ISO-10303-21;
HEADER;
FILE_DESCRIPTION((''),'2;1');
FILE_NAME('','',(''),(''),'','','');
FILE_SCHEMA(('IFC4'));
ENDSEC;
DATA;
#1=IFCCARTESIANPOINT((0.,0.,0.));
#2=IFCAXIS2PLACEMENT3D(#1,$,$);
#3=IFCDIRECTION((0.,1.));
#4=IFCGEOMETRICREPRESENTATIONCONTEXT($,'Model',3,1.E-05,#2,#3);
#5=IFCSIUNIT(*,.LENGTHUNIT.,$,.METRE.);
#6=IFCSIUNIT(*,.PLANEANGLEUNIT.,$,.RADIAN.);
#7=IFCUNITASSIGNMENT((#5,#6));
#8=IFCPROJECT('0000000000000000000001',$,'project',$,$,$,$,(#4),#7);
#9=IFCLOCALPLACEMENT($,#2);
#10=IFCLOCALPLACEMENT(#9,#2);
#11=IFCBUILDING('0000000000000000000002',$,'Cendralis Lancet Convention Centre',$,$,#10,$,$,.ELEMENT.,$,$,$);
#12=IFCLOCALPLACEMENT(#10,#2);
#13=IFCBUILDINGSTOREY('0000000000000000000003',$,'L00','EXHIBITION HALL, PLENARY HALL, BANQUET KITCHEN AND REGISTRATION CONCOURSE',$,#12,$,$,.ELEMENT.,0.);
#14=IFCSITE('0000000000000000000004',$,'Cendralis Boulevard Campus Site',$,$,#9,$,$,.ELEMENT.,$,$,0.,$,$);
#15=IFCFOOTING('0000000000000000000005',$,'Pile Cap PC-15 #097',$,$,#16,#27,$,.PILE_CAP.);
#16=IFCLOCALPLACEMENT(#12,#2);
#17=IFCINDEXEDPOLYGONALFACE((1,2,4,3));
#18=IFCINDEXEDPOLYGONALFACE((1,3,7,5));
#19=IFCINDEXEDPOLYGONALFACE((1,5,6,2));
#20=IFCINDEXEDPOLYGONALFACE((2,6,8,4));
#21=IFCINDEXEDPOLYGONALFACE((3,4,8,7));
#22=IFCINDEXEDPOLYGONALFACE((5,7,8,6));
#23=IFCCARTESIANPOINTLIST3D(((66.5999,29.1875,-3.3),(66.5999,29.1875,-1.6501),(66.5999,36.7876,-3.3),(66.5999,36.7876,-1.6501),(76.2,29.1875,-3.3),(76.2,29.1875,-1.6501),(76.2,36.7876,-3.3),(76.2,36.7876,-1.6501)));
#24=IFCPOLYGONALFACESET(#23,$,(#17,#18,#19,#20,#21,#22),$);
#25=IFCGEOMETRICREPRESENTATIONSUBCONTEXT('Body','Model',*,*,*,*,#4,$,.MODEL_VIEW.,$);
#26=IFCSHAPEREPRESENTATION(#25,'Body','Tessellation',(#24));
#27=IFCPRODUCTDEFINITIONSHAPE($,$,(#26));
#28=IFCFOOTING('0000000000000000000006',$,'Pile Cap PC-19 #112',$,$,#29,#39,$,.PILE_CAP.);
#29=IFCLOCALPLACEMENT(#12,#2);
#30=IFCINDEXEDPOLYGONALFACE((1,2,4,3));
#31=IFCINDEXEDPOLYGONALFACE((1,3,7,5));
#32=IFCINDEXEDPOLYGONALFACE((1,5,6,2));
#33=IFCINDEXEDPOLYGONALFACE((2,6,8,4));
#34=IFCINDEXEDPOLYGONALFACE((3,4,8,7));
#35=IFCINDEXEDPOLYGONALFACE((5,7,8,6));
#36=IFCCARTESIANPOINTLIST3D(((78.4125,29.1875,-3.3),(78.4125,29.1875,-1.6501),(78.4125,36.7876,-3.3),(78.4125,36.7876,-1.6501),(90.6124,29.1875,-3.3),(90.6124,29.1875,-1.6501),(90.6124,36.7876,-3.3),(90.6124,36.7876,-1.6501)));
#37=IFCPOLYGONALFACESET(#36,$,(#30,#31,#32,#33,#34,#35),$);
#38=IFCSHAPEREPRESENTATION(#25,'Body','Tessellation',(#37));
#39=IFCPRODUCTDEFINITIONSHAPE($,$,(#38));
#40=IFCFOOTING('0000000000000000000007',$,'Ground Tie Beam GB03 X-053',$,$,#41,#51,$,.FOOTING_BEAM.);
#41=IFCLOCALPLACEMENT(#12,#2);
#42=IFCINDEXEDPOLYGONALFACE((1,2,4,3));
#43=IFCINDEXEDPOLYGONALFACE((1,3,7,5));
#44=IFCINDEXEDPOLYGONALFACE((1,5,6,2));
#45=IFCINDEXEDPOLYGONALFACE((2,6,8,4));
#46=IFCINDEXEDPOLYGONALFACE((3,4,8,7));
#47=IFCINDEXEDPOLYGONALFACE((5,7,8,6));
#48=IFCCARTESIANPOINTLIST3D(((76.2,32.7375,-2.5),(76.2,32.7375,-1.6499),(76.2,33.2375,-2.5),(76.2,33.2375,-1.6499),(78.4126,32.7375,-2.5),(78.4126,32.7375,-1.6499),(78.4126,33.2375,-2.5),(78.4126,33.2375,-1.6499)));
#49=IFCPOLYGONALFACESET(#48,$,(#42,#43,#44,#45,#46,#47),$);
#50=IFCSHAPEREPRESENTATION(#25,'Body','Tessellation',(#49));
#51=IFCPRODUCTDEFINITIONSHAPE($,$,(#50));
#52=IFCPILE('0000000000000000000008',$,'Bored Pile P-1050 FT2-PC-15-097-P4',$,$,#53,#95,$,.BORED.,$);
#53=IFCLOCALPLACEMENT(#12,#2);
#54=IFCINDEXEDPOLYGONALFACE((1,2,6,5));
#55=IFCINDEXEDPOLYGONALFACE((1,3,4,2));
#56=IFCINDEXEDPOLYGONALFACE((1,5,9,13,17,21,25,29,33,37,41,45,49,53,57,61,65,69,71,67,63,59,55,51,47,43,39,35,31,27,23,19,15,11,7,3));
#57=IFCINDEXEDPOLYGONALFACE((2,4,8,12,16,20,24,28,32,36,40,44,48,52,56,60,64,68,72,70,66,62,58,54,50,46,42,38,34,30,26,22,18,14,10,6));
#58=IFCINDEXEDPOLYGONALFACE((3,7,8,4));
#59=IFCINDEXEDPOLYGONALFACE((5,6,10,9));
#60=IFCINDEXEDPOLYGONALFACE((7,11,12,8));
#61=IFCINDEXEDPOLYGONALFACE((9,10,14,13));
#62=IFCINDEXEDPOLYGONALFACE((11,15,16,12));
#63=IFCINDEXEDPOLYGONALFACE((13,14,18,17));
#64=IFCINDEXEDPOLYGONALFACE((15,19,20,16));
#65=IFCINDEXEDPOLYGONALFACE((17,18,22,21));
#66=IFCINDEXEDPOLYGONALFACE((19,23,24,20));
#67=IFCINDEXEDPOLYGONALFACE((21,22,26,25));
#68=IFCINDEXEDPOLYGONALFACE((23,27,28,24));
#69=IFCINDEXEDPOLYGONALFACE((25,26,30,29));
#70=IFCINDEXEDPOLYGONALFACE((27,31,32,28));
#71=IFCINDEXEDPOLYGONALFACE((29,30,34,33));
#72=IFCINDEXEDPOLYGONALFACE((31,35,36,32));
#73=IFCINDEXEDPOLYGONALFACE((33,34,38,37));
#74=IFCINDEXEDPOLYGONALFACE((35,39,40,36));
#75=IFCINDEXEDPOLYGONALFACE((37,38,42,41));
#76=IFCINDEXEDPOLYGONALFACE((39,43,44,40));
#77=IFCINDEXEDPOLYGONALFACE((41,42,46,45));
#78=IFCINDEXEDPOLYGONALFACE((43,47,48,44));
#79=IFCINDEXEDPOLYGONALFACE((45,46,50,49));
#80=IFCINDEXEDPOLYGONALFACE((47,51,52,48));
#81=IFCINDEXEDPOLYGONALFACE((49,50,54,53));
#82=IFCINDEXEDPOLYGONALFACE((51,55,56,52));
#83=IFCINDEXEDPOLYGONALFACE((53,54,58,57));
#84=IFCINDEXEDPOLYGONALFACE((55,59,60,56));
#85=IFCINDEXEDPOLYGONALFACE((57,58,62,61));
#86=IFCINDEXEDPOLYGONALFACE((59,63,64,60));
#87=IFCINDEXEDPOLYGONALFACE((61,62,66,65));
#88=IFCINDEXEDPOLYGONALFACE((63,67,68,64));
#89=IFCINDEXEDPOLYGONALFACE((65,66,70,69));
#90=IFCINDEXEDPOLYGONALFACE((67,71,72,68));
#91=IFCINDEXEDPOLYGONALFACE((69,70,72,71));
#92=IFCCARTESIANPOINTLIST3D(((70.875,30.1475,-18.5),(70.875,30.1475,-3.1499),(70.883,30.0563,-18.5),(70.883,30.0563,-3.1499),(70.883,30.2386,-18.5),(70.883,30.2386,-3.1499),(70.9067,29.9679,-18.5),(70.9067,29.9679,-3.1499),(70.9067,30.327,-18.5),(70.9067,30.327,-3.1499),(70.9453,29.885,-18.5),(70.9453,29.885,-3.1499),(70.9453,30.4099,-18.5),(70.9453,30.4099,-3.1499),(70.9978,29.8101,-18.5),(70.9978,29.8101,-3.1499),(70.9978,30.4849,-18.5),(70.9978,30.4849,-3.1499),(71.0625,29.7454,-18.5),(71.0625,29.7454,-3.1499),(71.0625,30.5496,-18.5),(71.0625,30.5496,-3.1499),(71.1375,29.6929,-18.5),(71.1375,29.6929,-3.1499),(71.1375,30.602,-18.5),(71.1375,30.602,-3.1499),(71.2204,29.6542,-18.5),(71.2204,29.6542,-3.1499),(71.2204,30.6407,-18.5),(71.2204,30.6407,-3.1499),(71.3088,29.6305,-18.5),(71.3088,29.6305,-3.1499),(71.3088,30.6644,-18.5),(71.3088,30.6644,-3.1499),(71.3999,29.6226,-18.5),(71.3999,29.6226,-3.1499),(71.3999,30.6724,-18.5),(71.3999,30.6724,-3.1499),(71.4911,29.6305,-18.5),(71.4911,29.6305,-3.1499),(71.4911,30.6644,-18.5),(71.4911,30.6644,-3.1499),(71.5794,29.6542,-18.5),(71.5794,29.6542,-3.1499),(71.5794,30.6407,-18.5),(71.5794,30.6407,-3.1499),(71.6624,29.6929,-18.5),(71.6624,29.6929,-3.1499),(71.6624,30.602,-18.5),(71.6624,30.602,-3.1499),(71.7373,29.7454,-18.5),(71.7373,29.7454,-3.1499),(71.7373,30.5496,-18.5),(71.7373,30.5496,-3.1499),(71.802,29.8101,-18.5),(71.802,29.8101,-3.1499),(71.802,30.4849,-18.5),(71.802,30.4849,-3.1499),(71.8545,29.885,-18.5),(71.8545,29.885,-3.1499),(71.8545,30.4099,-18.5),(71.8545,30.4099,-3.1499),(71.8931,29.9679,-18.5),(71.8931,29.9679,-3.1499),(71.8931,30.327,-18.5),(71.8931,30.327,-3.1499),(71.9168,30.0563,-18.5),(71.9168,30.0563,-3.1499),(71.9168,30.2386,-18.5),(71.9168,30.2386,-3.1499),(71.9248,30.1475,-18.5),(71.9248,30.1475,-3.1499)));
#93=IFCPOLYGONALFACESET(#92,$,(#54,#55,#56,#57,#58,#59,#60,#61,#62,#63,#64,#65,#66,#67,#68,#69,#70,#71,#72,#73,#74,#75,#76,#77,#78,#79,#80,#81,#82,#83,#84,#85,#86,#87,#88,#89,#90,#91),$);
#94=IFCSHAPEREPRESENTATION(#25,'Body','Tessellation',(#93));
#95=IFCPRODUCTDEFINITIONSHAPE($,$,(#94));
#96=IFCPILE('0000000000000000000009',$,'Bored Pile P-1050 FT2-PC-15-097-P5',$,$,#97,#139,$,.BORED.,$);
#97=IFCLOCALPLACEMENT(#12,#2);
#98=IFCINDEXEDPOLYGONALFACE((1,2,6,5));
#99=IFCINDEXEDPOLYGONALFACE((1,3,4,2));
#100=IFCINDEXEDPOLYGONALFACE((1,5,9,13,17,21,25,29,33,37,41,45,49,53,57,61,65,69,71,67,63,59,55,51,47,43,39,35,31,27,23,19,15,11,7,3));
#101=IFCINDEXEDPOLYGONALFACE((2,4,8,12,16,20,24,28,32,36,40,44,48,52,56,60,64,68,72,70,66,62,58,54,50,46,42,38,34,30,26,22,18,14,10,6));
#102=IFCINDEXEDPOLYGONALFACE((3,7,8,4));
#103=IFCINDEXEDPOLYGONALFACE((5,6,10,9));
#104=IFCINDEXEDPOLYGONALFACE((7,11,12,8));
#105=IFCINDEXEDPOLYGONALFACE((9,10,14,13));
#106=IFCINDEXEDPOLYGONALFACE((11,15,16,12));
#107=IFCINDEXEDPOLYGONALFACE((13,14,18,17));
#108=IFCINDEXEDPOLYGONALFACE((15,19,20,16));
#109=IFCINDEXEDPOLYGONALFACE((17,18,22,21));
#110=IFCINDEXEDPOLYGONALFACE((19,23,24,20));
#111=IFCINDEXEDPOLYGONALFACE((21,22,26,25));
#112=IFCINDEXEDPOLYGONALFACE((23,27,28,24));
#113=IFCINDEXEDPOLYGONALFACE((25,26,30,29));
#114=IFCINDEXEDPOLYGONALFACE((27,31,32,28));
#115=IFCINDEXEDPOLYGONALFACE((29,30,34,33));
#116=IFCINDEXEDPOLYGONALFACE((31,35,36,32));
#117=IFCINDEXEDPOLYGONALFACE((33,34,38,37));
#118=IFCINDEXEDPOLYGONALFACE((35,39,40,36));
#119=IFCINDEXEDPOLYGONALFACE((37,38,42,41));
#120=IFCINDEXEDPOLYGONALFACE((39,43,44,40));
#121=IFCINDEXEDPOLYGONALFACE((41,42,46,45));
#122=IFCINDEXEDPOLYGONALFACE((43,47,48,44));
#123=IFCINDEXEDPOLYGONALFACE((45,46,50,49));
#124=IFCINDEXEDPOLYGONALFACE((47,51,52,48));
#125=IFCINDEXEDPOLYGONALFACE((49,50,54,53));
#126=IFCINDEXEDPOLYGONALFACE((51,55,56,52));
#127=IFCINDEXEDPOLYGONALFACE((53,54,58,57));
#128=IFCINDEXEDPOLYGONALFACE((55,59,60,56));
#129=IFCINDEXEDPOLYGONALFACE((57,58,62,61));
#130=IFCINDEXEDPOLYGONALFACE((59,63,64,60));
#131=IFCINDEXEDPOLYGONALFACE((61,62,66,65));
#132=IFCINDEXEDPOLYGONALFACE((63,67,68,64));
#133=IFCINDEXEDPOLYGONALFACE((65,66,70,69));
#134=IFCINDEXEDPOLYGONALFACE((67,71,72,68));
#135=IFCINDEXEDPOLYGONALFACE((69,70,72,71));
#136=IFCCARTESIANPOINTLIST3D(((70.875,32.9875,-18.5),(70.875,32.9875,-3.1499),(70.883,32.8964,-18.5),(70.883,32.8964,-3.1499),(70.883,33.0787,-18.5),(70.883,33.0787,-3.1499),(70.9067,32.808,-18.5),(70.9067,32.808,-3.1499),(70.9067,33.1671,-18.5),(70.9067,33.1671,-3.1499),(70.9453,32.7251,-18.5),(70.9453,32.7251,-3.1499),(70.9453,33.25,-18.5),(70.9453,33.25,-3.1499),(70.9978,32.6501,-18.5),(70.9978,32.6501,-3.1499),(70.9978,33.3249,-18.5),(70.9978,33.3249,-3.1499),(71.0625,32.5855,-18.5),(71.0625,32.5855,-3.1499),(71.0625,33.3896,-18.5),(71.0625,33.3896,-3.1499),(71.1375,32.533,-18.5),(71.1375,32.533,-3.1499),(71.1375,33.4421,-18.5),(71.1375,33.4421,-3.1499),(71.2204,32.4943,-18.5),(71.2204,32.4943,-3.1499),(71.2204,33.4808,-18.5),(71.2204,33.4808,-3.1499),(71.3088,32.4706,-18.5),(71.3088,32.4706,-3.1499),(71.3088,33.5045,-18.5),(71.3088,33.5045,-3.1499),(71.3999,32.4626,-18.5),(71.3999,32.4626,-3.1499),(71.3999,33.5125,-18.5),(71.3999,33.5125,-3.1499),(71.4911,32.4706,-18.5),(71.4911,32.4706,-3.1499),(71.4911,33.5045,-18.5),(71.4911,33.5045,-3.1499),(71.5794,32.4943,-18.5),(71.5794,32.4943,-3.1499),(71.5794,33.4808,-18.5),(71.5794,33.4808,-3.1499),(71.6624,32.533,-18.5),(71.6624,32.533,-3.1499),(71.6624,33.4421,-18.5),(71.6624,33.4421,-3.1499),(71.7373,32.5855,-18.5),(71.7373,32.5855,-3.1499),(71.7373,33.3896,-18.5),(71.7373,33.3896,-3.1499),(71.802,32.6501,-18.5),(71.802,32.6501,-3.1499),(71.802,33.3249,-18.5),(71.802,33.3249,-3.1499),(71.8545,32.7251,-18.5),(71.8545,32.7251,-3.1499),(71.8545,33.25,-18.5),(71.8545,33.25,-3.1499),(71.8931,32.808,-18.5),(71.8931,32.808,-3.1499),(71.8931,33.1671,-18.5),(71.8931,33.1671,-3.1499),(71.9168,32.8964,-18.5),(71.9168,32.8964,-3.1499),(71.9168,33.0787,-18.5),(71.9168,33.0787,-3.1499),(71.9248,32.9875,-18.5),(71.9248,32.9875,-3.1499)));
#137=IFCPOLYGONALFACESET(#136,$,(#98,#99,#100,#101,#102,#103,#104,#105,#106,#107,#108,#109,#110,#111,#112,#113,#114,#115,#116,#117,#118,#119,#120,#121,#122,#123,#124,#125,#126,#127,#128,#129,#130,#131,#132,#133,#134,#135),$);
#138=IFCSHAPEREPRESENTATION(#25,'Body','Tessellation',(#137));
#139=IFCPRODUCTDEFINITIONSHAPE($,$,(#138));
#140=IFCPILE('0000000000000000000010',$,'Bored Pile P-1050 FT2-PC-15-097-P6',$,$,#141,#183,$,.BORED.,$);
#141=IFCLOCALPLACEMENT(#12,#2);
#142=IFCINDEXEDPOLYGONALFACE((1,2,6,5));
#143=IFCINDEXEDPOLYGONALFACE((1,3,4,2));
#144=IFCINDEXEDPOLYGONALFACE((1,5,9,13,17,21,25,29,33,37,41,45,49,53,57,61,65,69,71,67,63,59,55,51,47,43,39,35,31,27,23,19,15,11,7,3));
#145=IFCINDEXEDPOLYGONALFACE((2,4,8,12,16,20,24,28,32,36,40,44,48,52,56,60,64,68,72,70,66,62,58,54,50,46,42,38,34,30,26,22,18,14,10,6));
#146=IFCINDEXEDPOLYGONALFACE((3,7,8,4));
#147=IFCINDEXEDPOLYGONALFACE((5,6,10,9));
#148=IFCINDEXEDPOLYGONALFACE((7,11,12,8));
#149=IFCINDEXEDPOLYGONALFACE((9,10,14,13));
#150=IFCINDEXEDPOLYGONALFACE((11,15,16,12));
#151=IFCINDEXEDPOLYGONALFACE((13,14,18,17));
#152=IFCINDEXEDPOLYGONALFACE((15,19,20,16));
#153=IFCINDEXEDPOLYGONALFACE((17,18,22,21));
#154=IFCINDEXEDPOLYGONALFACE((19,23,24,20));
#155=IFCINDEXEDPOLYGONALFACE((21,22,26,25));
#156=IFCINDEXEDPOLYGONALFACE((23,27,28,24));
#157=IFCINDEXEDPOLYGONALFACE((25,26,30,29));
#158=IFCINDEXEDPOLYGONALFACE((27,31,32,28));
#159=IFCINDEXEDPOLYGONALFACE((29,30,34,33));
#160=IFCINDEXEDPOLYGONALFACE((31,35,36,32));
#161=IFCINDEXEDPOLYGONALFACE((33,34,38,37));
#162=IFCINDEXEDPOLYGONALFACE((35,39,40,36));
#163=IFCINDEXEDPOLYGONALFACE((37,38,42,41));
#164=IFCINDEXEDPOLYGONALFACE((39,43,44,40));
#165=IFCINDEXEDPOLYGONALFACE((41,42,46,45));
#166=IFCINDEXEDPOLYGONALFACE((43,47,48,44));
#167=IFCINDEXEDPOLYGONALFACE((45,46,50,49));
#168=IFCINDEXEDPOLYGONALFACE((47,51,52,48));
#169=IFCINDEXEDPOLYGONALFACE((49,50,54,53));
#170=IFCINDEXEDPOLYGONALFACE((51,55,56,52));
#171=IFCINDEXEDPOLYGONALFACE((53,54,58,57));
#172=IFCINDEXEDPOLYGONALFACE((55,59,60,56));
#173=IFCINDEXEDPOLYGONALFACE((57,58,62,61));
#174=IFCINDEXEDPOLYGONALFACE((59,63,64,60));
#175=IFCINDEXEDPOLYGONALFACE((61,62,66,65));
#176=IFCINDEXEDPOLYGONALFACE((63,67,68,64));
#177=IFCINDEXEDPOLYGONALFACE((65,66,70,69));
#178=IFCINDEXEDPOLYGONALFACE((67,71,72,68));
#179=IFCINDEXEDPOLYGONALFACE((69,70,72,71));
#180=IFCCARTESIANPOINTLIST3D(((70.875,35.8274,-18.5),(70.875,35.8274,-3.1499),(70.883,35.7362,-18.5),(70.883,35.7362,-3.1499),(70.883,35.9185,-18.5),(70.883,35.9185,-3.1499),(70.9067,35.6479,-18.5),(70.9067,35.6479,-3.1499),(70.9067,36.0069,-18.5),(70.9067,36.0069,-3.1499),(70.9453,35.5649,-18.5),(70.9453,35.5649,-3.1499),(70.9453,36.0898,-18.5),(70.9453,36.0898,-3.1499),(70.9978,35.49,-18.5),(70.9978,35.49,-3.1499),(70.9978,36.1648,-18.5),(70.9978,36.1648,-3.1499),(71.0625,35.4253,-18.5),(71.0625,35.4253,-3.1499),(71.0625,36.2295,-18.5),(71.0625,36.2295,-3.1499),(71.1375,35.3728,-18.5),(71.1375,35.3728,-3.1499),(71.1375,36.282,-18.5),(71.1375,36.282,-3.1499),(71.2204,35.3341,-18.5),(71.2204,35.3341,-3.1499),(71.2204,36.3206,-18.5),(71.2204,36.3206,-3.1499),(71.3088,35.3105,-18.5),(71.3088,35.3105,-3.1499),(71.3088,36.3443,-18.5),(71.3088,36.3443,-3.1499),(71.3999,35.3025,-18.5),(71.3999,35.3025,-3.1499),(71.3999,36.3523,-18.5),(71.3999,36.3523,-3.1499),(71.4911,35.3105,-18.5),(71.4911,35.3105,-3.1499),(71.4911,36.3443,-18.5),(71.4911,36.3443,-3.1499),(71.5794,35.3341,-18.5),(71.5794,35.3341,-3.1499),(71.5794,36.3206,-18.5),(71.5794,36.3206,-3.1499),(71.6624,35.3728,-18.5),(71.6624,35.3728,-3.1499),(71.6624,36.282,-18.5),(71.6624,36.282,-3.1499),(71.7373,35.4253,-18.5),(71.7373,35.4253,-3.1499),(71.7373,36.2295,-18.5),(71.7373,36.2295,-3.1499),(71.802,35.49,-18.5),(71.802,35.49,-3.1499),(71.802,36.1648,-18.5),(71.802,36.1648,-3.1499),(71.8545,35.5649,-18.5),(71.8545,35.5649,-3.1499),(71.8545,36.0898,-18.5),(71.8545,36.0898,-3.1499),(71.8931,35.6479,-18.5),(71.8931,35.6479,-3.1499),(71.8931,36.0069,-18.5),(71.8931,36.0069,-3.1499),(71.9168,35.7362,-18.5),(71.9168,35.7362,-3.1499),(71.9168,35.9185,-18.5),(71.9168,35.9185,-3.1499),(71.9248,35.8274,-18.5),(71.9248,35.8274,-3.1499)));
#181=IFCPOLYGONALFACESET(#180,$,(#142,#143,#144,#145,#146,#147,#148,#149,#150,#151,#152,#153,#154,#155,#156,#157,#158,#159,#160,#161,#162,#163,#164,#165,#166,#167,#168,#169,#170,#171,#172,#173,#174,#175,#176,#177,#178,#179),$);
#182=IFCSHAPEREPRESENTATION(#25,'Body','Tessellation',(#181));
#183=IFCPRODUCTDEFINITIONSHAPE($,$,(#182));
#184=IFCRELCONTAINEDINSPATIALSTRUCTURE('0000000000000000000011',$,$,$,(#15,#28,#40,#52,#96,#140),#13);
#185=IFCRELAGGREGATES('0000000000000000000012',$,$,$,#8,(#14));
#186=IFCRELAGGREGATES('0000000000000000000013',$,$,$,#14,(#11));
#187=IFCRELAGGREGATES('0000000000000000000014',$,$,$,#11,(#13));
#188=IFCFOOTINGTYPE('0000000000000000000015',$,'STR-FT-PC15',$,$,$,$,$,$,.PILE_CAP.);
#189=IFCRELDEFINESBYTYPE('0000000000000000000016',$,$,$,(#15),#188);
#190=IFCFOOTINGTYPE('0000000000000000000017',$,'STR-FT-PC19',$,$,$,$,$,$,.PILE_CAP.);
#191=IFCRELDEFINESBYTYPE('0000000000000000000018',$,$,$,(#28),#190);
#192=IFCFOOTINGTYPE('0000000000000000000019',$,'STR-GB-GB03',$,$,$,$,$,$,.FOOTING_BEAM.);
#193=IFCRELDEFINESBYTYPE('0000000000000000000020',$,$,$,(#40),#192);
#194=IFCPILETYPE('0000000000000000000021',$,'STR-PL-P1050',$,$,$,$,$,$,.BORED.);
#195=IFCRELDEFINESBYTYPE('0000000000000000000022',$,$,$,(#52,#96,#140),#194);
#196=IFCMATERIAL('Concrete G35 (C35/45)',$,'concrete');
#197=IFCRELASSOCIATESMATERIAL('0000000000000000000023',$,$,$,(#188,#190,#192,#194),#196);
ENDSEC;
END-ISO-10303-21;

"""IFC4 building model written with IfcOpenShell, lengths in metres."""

from ifc_helpers import new_model, si_unit, direction, frame, origin, origin_2d, place, context, subcontext, project, spatial, rectangle, circle, extrude, material, material_profile, profile_set, type_object, element, save


model = new_model("IFC4")

# Units and contexts
model_context = context("Model", 3, precision=1e-05, world=origin(), true_north=direction((0.0, 1.0)))
body_context = subcontext(model_context, "Body", "Model", "MODEL_VIEW")
ifc_project = project(units=[si_unit("LENGTHUNIT", "METRE"), si_unit("PLANEANGLEUNIT", "RADIAN")], contexts=[model_context])

# Site, building, storey
site_placement = place(None, origin())
site = spatial("IfcSite", under=ifc_project, at=site_placement, Name="Cendralis Boulevard Campus Site", CompositionType="ELEMENT", RefElevation=0.0)
building_placement = place(site_placement, origin())
building = spatial("IfcBuilding", under=site, at=building_placement, Name="Cendralis Lancet Convention Centre", CompositionType="ELEMENT")
storey_placement = place(building_placement, origin())
storey = spatial("IfcBuildingStorey", under=building, at=storey_placement, Name="L00", Description="EXHIBITION HALL, PLENARY HALL, BANQUET KITCHEN AND REGISTRATION CONCOURSE", CompositionType="ELEMENT", Elevation=0.0)

# Footings
ifc_material_1 = material(Name="Concrete G35 (C35/45)", Category="concrete")
footing_type_1 = type_object("IfcFootingType", Name="STR-FT-PC15", PredefinedType="PILE_CAP", material=ifc_material_1)
footing_1_placement = place(storey_placement, frame((71.3999, 32.9875, -3.3), z_axis=(0.0, 0.0, 1.0), x_axis=(1.0, 0.0, 0.0)))
element("IfcFooting", 1, at=footing_1_placement, inside=storey, type_object=footing_type_1, Name="Pile Cap PC-15 #097", PredefinedType="PILE_CAP", context=body_context, shape_type="SweptSolid", body=[
    extrude(rectangle(XDim=9.6001, YDim=7.6001, at=origin_2d()), origin(), (0.0, 0.0, 1.0), 1.6499),
])
footing_type_2 = type_object("IfcFootingType", Name="STR-FT-PC19", PredefinedType="PILE_CAP", material=ifc_material_1)
footing_2_placement = place(storey_placement, frame((84.5125, 32.9875, -3.3), z_axis=(0.0, 0.0, 1.0), x_axis=(1.0, 0.0, 0.0)))
element("IfcFooting", 2, at=footing_2_placement, inside=storey, type_object=footing_type_2, Name="Pile Cap PC-19 #112", PredefinedType="PILE_CAP", context=body_context, shape_type="SweptSolid", body=[
    extrude(rectangle(XDim=12.2, YDim=7.6001, at=origin_2d()), origin(), (0.0, 0.0, 1.0), 1.6499),
])
ifc_material_profile_1 = material_profile(ifc_material_1, rectangle(XDim=0.5, YDim=0.8501, at=origin_2d()), Name="RCB 500x850")
ifc_profile_set_1 = profile_set([ifc_material_profile_1], Name="Concrete G35 (C35/45)")
footing_type_3 = type_object("IfcFootingType", Name="STR-GB-GB03", PredefinedType="FOOTING_BEAM", material=ifc_profile_set_1)
footing_3_placement = place(storey_placement, frame((76.2, 32.9875, -2.075), z_axis=(1.0, 0.0, 0.0), x_axis=(0.0, 1.0, 0.0)))
element("IfcFooting", 3, at=footing_3_placement, inside=storey, type_object=footing_type_3, Name="Ground Tie Beam GB03 X-053", PredefinedType="FOOTING_BEAM", context=body_context, shape_type="SweptSolid", body=[
    extrude(rectangle(XDim=0.5, YDim=0.8501, at=origin_2d()), origin(), (0.0, 0.0, 1.0), 2.2126),
])

# Piles
ifc_material_profile_2 = material_profile(ifc_material_1, circle(Radius=0.5249, at=origin_2d()), Name="BORED PILE D1050")
ifc_profile_set_2 = profile_set([ifc_material_profile_2], Name="Concrete G35 (C35/45)")
pile_type_1 = type_object("IfcPileType", Name="STR-PL-P1050", PredefinedType="BORED", material=ifc_profile_set_2)
for number, where, z_axis, x_axis, name in (
    (4, (71.3999, 30.1475, -3.1499), (0.0, 0.0, -1.0), (1.0, 0.0, 0.0), "Bored Pile P-1050 FT2-PC-15-097-P4"),
    (5, (71.3999, 32.9875, -3.1499), (0.0, 0.0, -1.0), (1.0, 0.0, 0.0), "Bored Pile P-1050 FT2-PC-15-097-P5"),
    (6, (71.3999, 35.8274, -3.1499), (0.0, 0.0, -1.0), (1.0, 0.0, 0.0), "Bored Pile P-1050 FT2-PC-15-097-P6"),
):
    element("IfcPile", number, at=place(storey_placement, frame(where, z_axis=z_axis, x_axis=x_axis)), inside=storey, type_object=pile_type_1, Name=name, PredefinedType="BORED", context=body_context, shape_type="SweptSolid", body=[
        extrude(circle(Radius=0.5249, at=origin_2d()), origin(), (0.0, 0.0, 1.0), 15.3501),
    ])

save(model, "model.ifc")
